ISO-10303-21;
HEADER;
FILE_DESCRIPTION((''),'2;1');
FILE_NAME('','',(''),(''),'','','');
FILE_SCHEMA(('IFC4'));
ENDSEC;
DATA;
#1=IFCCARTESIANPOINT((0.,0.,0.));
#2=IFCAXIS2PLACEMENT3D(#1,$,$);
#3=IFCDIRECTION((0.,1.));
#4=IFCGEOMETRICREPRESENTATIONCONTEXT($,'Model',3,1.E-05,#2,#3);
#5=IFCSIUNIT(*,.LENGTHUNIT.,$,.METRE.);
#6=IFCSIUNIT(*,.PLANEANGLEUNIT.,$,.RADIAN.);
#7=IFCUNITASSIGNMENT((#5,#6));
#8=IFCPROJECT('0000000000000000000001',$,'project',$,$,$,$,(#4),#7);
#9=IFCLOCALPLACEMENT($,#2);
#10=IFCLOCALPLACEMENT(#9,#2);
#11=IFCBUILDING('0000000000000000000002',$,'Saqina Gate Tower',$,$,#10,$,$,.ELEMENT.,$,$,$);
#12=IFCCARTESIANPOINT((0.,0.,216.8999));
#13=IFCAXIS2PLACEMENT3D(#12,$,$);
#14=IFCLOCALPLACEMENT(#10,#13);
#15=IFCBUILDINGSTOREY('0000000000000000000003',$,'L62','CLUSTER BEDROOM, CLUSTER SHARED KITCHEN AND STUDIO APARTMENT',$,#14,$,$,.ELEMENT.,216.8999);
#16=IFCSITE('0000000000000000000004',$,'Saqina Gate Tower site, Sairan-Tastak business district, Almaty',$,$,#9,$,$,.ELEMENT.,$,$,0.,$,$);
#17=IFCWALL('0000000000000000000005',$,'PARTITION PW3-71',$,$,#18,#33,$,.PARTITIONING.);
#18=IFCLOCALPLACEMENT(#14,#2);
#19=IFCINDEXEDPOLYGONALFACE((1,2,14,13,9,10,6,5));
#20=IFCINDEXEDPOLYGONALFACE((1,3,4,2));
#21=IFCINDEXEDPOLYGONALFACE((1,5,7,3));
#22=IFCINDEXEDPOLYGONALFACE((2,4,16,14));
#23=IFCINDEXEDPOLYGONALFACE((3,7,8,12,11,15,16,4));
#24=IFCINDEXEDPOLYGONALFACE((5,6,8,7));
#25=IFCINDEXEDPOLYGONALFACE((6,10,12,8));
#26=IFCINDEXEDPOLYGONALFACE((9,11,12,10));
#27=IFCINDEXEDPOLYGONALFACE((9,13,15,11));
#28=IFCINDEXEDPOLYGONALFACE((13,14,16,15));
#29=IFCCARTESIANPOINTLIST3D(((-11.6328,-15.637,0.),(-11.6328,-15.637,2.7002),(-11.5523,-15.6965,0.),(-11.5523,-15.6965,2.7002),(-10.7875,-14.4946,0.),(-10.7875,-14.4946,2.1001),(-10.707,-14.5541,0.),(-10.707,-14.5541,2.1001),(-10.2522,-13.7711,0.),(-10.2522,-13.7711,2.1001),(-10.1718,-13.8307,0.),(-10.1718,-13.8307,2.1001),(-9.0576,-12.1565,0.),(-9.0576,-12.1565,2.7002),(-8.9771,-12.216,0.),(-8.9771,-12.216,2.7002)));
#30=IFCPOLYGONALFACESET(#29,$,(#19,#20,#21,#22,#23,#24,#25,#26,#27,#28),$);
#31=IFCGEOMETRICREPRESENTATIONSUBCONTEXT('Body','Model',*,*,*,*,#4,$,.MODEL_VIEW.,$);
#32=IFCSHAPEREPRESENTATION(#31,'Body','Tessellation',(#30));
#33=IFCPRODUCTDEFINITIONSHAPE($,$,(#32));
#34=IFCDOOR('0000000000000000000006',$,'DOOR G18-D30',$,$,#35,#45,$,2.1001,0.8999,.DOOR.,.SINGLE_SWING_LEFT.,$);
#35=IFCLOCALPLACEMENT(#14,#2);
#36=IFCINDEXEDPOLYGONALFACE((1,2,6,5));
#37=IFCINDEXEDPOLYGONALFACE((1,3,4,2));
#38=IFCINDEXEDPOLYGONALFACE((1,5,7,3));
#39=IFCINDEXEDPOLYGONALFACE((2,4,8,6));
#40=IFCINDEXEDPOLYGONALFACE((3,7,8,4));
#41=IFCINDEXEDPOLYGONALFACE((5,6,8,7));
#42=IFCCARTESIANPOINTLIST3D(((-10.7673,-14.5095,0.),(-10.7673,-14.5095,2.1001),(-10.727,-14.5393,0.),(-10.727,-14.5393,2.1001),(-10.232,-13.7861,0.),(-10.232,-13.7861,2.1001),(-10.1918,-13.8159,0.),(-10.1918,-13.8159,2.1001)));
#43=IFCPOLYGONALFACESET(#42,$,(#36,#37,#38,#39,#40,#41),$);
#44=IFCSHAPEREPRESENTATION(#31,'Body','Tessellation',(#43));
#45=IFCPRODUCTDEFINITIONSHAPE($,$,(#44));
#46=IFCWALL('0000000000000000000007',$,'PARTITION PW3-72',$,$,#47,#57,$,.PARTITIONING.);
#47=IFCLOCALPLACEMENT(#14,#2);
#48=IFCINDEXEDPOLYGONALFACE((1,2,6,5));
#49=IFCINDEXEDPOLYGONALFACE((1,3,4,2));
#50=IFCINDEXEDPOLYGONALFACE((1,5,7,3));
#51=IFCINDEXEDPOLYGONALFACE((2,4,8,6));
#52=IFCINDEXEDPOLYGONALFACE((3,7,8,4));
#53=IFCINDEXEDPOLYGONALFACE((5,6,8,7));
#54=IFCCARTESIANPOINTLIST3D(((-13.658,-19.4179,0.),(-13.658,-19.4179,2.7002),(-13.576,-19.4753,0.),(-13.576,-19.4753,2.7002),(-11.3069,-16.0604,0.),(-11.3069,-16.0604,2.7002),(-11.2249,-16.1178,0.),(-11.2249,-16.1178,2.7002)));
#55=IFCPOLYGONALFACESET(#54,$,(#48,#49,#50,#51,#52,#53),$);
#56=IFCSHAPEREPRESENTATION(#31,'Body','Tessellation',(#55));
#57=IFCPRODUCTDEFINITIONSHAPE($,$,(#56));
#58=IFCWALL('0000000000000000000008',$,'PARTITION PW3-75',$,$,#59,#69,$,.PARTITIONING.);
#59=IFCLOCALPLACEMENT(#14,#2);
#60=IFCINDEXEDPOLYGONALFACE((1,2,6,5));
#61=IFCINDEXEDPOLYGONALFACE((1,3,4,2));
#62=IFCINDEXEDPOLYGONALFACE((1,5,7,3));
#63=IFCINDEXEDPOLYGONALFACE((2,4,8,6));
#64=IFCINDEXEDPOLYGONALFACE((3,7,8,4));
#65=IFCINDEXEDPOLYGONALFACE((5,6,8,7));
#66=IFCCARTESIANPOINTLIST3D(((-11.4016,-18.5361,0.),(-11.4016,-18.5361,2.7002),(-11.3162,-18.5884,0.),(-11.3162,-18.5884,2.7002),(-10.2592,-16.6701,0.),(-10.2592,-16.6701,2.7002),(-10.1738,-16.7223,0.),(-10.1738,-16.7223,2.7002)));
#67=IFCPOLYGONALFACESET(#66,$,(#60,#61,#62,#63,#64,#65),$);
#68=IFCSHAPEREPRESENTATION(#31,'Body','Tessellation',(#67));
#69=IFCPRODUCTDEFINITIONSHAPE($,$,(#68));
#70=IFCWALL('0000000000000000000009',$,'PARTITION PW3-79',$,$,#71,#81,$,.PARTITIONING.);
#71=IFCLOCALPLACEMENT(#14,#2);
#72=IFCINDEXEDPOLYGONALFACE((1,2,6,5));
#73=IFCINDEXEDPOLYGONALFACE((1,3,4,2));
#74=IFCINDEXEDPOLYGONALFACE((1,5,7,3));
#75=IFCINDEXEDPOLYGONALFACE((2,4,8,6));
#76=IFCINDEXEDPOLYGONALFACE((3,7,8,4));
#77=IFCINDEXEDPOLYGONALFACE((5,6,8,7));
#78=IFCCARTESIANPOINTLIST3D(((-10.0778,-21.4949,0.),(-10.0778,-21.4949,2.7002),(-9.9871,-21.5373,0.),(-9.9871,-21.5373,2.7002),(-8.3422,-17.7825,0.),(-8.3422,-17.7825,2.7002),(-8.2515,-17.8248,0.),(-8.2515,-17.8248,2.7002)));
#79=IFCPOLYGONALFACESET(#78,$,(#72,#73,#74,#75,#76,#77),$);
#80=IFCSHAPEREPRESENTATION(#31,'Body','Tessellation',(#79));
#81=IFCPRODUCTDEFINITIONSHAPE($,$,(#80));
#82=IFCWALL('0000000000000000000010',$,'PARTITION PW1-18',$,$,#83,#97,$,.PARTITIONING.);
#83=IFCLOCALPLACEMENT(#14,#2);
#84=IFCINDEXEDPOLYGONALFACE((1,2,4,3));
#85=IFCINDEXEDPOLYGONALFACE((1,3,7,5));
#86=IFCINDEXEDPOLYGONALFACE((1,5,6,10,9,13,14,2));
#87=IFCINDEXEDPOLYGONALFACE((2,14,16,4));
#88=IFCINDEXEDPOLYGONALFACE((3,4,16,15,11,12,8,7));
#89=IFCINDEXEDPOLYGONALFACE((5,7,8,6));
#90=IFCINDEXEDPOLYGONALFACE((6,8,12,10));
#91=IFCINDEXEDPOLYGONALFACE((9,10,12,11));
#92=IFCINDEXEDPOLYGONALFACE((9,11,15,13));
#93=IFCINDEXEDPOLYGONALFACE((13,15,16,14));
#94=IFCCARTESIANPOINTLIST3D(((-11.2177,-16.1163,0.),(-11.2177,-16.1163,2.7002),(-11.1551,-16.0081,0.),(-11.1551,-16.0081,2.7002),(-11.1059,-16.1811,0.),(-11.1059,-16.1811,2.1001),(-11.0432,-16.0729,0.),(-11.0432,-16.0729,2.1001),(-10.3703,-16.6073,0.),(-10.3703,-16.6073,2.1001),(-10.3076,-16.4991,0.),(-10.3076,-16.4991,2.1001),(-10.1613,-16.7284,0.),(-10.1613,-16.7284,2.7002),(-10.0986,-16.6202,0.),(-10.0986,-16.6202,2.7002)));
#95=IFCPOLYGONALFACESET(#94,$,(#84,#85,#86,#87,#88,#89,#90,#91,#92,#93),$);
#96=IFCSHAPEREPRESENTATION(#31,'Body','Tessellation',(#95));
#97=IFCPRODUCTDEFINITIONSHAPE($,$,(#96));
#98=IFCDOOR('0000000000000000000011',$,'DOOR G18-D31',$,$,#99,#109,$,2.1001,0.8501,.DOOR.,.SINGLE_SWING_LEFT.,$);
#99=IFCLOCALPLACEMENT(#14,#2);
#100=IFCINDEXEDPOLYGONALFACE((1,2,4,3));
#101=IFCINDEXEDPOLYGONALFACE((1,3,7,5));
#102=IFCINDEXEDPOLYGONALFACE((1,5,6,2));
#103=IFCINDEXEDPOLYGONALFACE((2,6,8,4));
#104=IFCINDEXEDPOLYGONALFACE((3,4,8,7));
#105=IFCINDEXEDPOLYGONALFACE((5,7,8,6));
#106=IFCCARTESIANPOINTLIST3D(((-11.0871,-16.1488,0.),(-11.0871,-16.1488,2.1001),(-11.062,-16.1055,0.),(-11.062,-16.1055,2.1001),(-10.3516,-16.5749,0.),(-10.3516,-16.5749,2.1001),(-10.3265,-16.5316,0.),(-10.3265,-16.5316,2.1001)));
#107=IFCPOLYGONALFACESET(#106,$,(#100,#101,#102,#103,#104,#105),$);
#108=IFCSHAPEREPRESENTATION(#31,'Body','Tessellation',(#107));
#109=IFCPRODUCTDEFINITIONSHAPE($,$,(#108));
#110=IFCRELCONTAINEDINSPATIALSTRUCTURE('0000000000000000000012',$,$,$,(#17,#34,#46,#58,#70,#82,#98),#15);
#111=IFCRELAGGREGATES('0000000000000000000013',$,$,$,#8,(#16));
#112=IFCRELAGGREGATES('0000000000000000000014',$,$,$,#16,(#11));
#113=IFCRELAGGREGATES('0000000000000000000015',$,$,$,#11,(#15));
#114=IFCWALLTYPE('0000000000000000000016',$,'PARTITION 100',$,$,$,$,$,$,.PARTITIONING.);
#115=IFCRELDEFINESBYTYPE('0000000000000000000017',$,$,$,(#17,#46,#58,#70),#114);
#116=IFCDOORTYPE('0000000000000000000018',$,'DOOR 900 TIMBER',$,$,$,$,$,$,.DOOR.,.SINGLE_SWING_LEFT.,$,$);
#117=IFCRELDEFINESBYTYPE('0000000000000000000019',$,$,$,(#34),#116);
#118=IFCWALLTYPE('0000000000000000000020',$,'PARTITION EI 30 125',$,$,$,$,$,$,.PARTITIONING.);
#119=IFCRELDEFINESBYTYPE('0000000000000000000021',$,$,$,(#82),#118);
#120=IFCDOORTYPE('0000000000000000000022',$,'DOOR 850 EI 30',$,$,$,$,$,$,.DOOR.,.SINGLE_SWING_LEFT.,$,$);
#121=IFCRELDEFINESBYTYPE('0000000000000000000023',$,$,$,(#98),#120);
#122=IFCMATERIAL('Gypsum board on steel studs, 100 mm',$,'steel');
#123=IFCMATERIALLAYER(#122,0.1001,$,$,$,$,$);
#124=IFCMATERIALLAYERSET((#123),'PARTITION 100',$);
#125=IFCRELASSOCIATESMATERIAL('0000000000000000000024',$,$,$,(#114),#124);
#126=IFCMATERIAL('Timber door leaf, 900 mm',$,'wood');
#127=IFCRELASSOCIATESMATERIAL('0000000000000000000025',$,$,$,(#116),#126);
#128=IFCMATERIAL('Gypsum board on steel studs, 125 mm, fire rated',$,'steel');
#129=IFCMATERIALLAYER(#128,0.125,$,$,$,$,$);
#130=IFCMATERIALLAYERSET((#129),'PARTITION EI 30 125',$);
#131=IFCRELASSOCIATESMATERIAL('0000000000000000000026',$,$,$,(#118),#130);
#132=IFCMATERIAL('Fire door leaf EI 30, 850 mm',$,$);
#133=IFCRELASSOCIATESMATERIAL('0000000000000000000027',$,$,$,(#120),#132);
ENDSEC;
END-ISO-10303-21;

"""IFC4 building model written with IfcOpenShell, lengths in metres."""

from ifc_helpers import new_model, si_unit, direction, frame, frame_2d, origin, place, context, subcontext, project, spatial, rectangle, extrude, material, layer, layer_set, type_object, element, fill, save


model = new_model("IFC4")

# Units and contexts
model_context = context("Model", 3, precision=1e-05, world=origin(), true_north=direction((0.0, 1.0)))
body_context = subcontext(model_context, "Body", "Model", "MODEL_VIEW")
ifc_project = project(units=[si_unit("LENGTHUNIT", "METRE"), si_unit("PLANEANGLEUNIT", "RADIAN")], contexts=[model_context])

# Site, building, storey
site_placement = place(None, origin())
site = spatial("IfcSite", under=ifc_project, at=site_placement, Name="Saqina Gate Tower site, Sairan-Tastak business district, Almaty", CompositionType="ELEMENT", RefElevation=0.0)
building_placement = place(site_placement, origin())
building = spatial("IfcBuilding", under=site, at=building_placement, Name="Saqina Gate Tower", CompositionType="ELEMENT")
storey_placement = place(building_placement, frame((0.0, 0.0, 216.8999)))
storey = spatial("IfcBuildingStorey", under=building, at=storey_placement, Name="L62", Description="CLUSTER BEDROOM, CLUSTER SHARED KITCHEN AND STUDIO APARTMENT", CompositionType="ELEMENT", Elevation=216.8999)

# Shared definitions
ifc_material_1 = material(Name="Gypsum board on steel studs, 100 mm", Category="steel")
ifc_layer_1 = layer(ifc_material_1, 0.1001)
ifc_layer_set_1 = layer_set([ifc_layer_1], Name="PARTITION 100")
wall_type_1 = type_object("IfcWallType", Name="PARTITION 100", PredefinedType="PARTITIONING", material=ifc_layer_set_1)

# Wall, opening, door
wall_1_placement = place(storey_placement, frame((-11.5925, -15.6667, 0.0), z_axis=(0.0, 0.0, 1.0), x_axis=(0.594791, 0.803881, 0.0)))
wall_1 = element("IfcWall", 1, at=wall_1_placement, inside=storey, type_object=wall_type_1, Name="PARTITION PW3-71", PredefinedType="PARTITIONING", context=body_context, shape_type="SweptSolid", body=[
    extrude(rectangle(XDim=4.3296, YDim=0.1001, at=frame_2d((2.1648, 0.0))), origin(), (0.0, 0.0, 1.0), 2.7002),
])
opening_1_placement = place(wall_1_placement, frame((1.4211, 0.0, 0.0)))
opening_1 = element("IfcOpeningElement", 2, at=opening_1_placement, cuts=wall_1, PredefinedType="OPENING", context=body_context, shape_type="SweptSolid", body=[
    extrude(rectangle(XDim=0.8999, YDim=2.1001, at=frame_2d((0.45, 1.05))), frame((0.0, 0.062, 0.0), z_axis=(0.0, -1.0, 0.0), x_axis=(1.0, 0.0, 0.0)), (0.0, 0.0, 1.0), 0.124),
])
ifc_material_2 = material(Name="Timber door leaf, 900 mm", Category="wood")
door_type_1 = type_object("IfcDoorType", Name="DOOR 900 TIMBER", OperationType="SINGLE_SWING_LEFT", PredefinedType="DOOR", material=ifc_material_2)
door_1_placement = place(opening_1_placement, origin())
door_1 = element("IfcDoor", 3, at=door_1_placement, inside=storey, type_object=door_type_1, Name="DOOR G18-D30", OperationType="SINGLE_SWING_LEFT", OverallHeight=2.1001, OverallWidth=0.8999, PredefinedType="DOOR", context=body_context, shape_type="SweptSolid", body=[
    extrude(rectangle(XDim=0.8999, YDim=2.1001, at=frame_2d((0.45, 1.05))), frame((0.0, 0.0249, 0.0), z_axis=(0.0, -1.0, 0.0), x_axis=(1.0, 0.0, 0.0)), (0.0, 0.0, 1.0), 0.05),
])
fill(opening_1, door_1)

# Walls
wall_2_placement = place(storey_placement, frame((-13.6169, -19.4465, 0.0), z_axis=(0.0, 0.0, 1.0), x_axis=(0.573606, 0.819131, 0.0)))
element("IfcWall", 4, at=wall_2_placement, inside=storey, type_object=wall_type_1, Name="PARTITION PW3-72", PredefinedType="PARTITIONING", context=body_context, shape_type="SweptSolid", body=[
    extrude(rectangle(XDim=4.0989, YDim=0.1001, at=frame_2d((2.0493, 0.0))), origin(), (0.0, 0.0, 1.0), 2.7002),
])
wall_3_placement = place(storey_placement, frame((-11.3589, -18.5623, 0.0), z_axis=(0.0, 0.0, 1.0), x_axis=(0.522122, 0.852871, 0.0)))
element("IfcWall", 5, at=wall_3_placement, inside=storey, type_object=wall_type_1, Name="PARTITION PW3-75", PredefinedType="PARTITIONING", context=body_context, shape_type="SweptSolid", body=[
    extrude(rectangle(XDim=2.188, YDim=0.1001, at=frame_2d((1.094, 0.0))), origin(), (0.0, 0.0, 1.0), 2.7002),
])
wall_4_placement = place(storey_placement, frame((-10.0325, -21.5161, 0.0), z_axis=(0.0, 0.0, 1.0), x_axis=(0.423515, 0.905889, 0.0)))
element("IfcWall", 6, at=wall_4_placement, inside=storey, type_object=wall_type_1, Name="PARTITION PW3-79", PredefinedType="PARTITIONING", context=body_context, shape_type="SweptSolid", body=[
    extrude(rectangle(XDim=4.0981, YDim=0.1001, at=frame_2d((2.0491, 0.0))), origin(), (0.0, 0.0, 1.0), 2.7002),
])

# Wall, opening, door
ifc_material_3 = material(Name="Gypsum board on steel studs, 125 mm, fire rated", Category="steel")
ifc_layer_2 = layer(ifc_material_3, 0.125)
ifc_layer_set_2 = layer_set([ifc_layer_2], Name="PARTITION EI 30 125")
wall_type_2 = type_object("IfcWallType", Name="PARTITION EI 30 125", PredefinedType="PARTITIONING", material=ifc_layer_set_2)
wall_5_placement = place(storey_placement, frame((-11.1863, -16.0623, 0.0), z_axis=(0.0, 0.0, 1.0), x_axis=(0.865262, -0.50132, 0.0)))
wall_5 = element("IfcWall", 7, at=wall_5_placement, inside=storey, type_object=wall_type_2, Name="PARTITION PW1-18", PredefinedType="PARTITIONING", context=body_context, shape_type="SweptSolid", body=[
    extrude(rectangle(XDim=1.2209, YDim=0.125, at=frame_2d((0.6104, 0.0))), origin(), (0.0, 0.0, 1.0), 2.7002),
])
opening_2_placement = place(wall_5_placement, frame((0.1292, 0.0, 0.0)))
opening_2 = element("IfcOpeningElement", 8, at=opening_2_placement, cuts=wall_5, PredefinedType="OPENING", context=body_context, shape_type="SweptSolid", body=[
    extrude(rectangle(XDim=0.8501, YDim=2.1001, at=frame_2d((0.425, 1.05))), frame((0.0, 0.0745, 0.0), z_axis=(0.0, -1.0, 0.0), x_axis=(1.0, 0.0, 0.0)), (0.0, 0.0, 1.0), 0.1489),
])
ifc_material_4 = material(Name="Fire door leaf EI 30, 850 mm")
door_type_2 = type_object("IfcDoorType", Name="DOOR 850 EI 30", OperationType="SINGLE_SWING_LEFT", PredefinedType="DOOR", material=ifc_material_4)
door_2_placement = place(opening_2_placement, origin())
door_2 = element("IfcDoor", 9, at=door_2_placement, inside=storey, type_object=door_type_2, Name="DOOR G18-D31", OperationType="SINGLE_SWING_LEFT", OverallHeight=2.1001, OverallWidth=0.8501, PredefinedType="DOOR", context=body_context, shape_type="SweptSolid", body=[
    extrude(rectangle(XDim=0.8501, YDim=2.1001, at=frame_2d((0.425, 1.05))), frame((0.0, 0.0249, 0.0), z_axis=(0.0, -1.0, 0.0), x_axis=(1.0, 0.0, 0.0)), (0.0, 0.0, 1.0), 0.05),
])
fill(opening_2, door_2)

save(model, "model.ifc")
